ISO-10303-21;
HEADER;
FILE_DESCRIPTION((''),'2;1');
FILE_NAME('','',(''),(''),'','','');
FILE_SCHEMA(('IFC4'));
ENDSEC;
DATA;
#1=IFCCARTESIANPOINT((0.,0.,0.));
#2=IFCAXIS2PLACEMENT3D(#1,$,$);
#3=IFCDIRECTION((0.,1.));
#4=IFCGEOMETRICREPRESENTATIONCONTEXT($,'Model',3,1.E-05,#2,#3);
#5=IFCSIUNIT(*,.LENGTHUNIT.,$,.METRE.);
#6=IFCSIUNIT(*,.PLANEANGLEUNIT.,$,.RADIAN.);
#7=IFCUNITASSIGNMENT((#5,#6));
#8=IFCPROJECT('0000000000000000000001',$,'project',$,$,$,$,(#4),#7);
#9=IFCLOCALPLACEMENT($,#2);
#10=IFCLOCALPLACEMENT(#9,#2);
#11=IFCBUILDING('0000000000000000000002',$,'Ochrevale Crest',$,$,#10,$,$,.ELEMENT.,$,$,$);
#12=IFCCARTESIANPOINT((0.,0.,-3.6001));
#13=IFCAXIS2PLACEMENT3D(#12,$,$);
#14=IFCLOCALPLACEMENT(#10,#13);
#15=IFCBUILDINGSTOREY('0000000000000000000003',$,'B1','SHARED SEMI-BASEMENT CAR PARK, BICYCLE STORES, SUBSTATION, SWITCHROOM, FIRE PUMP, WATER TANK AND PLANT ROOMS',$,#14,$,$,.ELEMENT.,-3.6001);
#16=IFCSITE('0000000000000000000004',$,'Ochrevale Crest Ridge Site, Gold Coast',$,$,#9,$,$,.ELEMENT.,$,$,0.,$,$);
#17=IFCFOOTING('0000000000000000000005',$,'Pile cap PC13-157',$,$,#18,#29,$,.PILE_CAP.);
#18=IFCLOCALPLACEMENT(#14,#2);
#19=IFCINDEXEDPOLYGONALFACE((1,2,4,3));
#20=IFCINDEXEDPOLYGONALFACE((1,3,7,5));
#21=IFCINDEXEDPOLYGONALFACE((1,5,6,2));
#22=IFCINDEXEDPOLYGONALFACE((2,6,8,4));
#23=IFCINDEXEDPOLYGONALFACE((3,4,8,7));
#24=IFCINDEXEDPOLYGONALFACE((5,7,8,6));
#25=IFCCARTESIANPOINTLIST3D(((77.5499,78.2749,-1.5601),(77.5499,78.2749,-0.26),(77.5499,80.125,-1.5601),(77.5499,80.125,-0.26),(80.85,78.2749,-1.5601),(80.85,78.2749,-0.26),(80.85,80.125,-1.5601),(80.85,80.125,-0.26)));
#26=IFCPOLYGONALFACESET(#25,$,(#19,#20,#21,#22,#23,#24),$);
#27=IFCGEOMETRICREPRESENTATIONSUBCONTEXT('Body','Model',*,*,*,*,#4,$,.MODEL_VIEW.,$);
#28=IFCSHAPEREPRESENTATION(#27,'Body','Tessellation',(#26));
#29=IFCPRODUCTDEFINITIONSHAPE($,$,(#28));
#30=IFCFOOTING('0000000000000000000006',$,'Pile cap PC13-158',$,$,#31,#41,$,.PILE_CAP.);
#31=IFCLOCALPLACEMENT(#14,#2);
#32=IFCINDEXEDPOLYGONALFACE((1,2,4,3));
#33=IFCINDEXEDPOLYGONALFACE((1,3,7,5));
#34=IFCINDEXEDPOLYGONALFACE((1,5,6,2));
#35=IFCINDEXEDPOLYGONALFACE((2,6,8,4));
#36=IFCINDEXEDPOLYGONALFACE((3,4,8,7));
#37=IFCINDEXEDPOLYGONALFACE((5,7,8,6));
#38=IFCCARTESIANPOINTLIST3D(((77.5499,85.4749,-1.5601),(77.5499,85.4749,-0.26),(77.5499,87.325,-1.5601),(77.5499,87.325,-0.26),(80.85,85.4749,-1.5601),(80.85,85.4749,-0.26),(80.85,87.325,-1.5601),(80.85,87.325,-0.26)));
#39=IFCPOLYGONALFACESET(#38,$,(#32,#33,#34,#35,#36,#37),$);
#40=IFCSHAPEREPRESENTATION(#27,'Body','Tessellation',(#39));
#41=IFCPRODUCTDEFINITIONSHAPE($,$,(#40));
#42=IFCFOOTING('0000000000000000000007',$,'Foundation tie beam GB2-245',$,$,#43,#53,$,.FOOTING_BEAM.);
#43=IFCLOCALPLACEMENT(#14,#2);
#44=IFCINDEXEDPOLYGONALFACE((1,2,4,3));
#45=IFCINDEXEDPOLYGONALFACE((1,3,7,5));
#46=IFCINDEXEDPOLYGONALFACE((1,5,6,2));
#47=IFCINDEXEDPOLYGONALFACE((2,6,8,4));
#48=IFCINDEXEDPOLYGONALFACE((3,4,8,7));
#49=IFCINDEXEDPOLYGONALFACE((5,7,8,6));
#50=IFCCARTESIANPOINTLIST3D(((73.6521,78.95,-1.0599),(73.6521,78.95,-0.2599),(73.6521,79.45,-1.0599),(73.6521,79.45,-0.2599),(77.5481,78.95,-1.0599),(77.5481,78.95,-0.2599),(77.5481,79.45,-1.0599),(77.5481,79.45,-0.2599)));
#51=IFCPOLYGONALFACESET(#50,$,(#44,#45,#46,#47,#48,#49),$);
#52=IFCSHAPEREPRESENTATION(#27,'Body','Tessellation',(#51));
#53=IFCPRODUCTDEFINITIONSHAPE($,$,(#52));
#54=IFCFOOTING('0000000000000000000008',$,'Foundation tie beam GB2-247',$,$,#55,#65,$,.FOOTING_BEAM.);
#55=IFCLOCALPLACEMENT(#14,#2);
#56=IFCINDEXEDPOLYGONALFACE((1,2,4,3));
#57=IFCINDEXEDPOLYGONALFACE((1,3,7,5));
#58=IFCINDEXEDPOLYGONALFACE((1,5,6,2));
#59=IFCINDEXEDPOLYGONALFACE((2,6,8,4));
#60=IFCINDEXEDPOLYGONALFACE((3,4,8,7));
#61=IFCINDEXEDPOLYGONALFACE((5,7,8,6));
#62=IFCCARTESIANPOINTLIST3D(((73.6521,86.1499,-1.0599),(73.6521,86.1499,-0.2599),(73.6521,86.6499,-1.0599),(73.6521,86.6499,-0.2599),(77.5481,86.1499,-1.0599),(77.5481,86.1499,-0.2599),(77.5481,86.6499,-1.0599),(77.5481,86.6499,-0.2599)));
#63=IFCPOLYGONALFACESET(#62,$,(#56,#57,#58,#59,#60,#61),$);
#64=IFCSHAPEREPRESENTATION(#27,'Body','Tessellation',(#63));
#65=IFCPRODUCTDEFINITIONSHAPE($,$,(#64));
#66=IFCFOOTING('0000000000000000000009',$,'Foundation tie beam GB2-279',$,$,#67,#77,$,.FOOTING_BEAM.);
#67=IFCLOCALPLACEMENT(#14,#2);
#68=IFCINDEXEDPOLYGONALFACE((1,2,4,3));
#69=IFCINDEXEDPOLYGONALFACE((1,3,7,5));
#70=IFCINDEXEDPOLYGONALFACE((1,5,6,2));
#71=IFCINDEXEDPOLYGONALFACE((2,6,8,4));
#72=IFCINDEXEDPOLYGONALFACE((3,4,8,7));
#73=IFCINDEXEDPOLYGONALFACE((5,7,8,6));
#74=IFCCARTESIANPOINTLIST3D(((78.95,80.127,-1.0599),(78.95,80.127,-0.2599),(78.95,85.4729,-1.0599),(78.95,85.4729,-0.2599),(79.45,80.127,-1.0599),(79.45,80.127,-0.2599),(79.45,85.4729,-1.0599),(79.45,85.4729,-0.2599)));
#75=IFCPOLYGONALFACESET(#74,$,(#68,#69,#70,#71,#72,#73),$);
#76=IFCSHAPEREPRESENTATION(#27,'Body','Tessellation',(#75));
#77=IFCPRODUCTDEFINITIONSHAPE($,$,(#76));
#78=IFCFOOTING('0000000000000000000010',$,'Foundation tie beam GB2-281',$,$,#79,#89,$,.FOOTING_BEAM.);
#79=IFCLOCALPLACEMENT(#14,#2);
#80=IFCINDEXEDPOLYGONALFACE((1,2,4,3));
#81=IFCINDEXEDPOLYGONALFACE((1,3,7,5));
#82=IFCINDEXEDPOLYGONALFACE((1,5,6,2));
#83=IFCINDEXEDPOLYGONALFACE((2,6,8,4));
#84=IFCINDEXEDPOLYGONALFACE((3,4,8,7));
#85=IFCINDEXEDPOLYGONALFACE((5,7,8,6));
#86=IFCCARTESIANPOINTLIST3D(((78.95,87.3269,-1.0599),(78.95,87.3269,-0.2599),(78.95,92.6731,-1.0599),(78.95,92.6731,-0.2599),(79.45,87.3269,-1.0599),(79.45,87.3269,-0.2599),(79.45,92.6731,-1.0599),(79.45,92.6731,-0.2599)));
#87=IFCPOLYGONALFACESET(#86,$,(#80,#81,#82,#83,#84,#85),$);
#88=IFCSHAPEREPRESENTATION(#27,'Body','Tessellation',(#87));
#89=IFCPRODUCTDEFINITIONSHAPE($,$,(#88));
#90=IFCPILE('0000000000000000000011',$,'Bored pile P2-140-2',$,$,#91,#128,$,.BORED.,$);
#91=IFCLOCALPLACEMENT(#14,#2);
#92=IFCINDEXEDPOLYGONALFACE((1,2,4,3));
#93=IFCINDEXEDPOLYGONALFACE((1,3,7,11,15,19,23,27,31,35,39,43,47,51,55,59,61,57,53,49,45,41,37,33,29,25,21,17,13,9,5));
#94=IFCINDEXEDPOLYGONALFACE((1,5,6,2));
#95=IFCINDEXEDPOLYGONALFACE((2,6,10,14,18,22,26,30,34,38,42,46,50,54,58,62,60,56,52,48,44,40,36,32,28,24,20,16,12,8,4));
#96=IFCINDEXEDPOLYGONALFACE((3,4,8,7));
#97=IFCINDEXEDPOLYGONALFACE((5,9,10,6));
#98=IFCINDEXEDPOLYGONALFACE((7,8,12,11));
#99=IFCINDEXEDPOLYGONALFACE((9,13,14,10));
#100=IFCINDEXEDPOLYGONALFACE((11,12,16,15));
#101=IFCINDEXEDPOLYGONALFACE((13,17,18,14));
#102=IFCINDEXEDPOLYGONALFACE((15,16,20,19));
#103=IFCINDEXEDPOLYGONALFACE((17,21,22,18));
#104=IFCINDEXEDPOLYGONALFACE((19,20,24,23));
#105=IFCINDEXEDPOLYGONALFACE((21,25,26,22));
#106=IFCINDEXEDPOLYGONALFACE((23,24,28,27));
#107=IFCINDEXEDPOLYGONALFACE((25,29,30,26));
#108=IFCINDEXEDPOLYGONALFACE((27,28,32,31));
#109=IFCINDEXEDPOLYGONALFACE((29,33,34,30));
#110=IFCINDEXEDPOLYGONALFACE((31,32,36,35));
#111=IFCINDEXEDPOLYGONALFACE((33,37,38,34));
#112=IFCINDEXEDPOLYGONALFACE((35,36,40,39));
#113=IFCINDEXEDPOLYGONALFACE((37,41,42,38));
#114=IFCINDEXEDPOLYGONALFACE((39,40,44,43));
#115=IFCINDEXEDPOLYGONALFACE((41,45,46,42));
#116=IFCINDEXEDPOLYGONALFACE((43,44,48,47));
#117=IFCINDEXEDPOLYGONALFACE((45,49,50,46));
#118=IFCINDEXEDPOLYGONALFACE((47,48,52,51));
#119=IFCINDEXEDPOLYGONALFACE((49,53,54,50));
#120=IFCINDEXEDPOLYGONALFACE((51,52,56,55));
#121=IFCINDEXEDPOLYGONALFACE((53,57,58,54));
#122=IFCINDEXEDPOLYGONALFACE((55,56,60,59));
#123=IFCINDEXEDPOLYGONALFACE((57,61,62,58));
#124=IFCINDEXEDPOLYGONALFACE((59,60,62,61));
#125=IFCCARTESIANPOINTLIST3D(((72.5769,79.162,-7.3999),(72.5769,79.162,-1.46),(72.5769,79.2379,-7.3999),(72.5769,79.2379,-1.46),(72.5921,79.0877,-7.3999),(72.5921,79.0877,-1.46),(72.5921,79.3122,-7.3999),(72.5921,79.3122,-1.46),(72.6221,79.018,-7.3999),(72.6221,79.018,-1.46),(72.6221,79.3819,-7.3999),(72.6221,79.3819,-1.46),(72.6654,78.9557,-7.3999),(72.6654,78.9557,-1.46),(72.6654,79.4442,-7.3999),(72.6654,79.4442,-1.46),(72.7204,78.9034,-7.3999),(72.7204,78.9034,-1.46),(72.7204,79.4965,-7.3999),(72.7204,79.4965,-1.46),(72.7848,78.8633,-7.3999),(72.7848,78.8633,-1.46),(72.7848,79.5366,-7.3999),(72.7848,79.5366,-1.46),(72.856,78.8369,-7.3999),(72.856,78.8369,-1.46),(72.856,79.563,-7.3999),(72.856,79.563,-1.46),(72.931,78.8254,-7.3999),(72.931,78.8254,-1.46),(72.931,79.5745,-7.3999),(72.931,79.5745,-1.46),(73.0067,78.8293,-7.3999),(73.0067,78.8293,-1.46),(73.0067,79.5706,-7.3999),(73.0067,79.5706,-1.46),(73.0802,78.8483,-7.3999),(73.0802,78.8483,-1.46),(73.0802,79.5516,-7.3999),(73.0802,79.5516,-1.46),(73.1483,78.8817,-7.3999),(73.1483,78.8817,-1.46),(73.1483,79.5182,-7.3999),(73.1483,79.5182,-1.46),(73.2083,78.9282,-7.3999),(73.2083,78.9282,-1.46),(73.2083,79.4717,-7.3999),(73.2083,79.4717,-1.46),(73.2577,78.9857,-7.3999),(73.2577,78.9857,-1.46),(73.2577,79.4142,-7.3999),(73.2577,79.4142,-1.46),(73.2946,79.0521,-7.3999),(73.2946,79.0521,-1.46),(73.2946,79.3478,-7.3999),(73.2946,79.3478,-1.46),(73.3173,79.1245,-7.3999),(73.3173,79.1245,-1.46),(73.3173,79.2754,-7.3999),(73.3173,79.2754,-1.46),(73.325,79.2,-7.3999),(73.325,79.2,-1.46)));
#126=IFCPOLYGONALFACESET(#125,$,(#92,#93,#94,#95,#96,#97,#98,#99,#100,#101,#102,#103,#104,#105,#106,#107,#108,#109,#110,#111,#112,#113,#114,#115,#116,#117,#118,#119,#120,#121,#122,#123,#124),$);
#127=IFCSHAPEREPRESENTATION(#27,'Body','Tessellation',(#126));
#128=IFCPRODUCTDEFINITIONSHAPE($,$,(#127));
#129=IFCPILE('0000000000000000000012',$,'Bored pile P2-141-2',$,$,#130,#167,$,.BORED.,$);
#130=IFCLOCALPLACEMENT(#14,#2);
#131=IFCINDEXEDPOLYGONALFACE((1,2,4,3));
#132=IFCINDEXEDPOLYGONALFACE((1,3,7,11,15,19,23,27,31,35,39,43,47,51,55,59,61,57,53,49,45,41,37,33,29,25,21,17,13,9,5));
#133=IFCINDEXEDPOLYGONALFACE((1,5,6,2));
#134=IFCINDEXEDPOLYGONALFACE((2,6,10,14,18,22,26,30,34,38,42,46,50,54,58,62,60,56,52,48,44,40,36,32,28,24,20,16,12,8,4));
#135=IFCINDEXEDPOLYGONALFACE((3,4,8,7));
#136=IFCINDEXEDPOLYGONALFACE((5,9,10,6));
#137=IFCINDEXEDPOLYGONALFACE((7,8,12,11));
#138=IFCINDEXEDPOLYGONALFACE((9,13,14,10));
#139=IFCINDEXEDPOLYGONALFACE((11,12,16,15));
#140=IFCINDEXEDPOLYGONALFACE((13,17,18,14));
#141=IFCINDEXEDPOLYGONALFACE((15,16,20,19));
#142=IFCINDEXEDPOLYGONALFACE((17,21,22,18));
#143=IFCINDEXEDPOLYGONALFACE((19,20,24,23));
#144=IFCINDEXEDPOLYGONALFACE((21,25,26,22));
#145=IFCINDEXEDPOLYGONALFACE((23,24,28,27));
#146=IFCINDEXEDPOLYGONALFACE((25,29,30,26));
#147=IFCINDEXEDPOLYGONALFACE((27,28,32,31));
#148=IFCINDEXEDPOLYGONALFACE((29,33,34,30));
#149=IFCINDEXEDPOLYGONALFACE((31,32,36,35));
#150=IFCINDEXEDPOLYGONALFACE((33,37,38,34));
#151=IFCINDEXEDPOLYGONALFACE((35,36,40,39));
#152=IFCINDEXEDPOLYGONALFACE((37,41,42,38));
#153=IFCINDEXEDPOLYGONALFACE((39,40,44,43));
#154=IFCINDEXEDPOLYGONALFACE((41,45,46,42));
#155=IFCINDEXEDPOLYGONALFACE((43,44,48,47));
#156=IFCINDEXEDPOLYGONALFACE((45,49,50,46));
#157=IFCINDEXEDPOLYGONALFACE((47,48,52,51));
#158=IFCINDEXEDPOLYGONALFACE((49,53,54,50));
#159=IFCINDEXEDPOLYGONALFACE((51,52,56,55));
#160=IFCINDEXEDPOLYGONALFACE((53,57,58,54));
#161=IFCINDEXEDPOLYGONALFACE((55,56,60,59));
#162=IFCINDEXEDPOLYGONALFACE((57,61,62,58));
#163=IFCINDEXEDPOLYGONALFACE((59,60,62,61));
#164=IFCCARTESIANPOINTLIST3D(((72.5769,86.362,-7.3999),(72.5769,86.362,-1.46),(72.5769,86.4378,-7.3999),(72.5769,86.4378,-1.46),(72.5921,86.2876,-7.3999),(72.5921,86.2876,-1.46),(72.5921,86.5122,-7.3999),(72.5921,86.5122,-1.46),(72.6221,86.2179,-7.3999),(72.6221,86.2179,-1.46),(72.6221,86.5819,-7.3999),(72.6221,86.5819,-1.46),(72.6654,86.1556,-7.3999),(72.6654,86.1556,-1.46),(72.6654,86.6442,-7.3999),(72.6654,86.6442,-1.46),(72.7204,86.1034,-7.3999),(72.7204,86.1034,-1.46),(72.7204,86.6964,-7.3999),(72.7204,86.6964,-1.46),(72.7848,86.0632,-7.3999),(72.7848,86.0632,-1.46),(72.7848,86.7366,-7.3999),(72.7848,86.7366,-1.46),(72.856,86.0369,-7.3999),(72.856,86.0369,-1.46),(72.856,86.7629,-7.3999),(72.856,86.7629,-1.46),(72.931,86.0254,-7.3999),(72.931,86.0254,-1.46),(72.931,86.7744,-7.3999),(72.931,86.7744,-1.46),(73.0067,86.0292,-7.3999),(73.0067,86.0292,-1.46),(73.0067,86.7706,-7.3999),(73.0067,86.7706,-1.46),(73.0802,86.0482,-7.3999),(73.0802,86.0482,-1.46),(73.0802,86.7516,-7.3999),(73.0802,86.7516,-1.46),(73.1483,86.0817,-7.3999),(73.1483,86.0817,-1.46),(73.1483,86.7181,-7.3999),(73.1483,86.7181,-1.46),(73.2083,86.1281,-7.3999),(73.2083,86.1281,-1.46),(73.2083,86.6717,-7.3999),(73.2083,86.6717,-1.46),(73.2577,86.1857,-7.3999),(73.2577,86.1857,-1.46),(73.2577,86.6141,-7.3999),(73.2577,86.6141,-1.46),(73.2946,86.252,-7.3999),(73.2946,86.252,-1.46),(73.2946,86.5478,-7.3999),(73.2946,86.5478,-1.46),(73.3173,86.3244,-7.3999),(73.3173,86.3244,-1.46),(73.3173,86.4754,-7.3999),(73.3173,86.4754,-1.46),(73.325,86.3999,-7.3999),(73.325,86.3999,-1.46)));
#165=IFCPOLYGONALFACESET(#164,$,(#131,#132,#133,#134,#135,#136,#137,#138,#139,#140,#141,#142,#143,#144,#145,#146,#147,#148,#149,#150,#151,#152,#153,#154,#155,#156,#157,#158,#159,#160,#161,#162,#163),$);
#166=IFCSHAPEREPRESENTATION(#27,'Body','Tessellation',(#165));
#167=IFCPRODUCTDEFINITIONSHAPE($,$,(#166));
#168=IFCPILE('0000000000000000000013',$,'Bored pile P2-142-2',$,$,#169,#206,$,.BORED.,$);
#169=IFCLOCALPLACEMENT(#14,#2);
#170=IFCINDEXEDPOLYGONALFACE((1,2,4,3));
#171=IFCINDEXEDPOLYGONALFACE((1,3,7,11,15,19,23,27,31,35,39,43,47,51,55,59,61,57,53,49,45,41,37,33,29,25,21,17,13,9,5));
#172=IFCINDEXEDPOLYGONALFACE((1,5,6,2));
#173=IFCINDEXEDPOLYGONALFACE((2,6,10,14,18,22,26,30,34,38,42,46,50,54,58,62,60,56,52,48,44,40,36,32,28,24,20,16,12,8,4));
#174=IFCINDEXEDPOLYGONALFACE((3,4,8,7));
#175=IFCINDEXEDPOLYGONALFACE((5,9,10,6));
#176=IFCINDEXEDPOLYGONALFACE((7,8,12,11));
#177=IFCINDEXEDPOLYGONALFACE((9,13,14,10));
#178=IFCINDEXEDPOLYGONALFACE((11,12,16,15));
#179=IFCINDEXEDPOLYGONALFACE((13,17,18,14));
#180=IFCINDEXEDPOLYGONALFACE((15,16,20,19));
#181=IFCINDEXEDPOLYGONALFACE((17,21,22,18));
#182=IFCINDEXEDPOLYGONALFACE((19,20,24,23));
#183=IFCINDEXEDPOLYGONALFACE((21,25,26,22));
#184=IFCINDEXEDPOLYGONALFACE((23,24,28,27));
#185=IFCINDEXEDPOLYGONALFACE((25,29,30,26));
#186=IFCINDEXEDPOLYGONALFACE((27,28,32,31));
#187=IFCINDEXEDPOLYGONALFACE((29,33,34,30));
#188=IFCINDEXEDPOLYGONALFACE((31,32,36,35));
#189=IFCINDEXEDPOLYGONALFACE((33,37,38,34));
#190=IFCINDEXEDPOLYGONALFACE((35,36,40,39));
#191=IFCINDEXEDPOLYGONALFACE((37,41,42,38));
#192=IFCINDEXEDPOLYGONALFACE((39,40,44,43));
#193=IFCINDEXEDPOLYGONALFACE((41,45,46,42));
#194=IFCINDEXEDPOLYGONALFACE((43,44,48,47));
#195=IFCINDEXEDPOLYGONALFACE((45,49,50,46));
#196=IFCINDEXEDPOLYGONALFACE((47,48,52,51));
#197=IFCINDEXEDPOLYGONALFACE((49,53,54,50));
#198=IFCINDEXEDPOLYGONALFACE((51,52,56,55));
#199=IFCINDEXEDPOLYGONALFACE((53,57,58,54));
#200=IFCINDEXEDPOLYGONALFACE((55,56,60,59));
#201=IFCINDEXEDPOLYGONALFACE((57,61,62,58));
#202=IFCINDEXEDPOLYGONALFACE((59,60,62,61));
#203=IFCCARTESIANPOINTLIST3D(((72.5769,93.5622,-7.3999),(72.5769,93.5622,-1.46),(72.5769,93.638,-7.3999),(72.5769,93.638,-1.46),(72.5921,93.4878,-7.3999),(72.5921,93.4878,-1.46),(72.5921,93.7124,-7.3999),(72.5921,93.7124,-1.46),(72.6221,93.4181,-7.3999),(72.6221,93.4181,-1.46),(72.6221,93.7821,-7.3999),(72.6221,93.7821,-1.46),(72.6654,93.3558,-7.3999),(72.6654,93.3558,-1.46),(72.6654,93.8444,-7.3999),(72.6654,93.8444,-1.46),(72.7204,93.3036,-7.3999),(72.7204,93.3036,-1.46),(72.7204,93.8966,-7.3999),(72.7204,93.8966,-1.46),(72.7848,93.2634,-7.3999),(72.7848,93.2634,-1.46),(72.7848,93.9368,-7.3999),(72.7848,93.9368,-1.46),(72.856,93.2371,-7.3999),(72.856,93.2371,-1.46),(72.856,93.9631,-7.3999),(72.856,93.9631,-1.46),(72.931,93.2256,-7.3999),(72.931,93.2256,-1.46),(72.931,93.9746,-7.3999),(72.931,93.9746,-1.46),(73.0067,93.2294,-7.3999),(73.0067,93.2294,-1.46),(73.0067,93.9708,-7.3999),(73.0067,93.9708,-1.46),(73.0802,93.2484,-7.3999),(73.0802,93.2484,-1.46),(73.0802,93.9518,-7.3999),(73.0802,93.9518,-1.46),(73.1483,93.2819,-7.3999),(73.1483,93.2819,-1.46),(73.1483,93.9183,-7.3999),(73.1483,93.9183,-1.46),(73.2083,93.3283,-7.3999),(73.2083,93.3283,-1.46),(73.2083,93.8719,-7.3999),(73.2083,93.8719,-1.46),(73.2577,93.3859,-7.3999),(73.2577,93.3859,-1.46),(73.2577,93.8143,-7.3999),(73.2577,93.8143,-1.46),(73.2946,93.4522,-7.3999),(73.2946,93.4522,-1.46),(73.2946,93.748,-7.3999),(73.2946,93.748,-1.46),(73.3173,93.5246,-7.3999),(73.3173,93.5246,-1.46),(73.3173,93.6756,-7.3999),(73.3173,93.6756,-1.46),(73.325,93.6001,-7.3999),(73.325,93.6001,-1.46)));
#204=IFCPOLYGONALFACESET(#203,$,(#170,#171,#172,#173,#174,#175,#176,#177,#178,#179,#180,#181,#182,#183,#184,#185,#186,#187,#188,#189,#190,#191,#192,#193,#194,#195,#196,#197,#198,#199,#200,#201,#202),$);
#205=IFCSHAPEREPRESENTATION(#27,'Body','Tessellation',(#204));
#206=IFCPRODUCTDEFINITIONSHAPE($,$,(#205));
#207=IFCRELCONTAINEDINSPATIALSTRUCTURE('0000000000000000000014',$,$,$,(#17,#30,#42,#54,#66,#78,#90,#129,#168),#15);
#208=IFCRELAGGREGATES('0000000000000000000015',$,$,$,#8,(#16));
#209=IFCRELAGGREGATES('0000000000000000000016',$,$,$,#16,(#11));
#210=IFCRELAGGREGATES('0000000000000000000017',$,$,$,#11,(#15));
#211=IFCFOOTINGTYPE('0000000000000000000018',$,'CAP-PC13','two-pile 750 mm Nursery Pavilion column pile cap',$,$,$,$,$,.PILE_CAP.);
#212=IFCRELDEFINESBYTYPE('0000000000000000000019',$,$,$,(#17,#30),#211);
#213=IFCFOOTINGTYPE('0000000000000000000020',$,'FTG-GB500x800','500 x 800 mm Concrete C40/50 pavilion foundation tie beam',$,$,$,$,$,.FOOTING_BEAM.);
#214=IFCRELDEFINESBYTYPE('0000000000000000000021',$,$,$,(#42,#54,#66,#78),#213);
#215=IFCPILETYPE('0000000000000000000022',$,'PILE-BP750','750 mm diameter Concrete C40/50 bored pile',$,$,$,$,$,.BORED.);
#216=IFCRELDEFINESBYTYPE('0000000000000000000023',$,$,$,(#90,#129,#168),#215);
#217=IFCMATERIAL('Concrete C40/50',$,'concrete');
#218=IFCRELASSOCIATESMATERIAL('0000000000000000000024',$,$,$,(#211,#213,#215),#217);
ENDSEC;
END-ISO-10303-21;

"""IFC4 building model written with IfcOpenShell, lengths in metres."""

from ifc_helpers import new_model, si_unit, direction, frame, origin, origin_2d, place, context, subcontext, project, spatial, rectangle, circle, extrude, material, material_profile, profile_set, type_object, element, save


model = new_model("IFC4")

# Units and contexts
model_context = context("Model", 3, precision=1e-05, world=origin(), true_north=direction((0.0, 1.0)))
body_context = subcontext(model_context, "Body", "Model", "MODEL_VIEW")
ifc_project = project(units=[si_unit("LENGTHUNIT", "METRE"), si_unit("PLANEANGLEUNIT", "RADIAN")], contexts=[model_context])

# Site, building, storey
site_placement = place(None, origin())
site = spatial("IfcSite", under=ifc_project, at=site_placement, Name="Ochrevale Crest Ridge Site, Gold Coast", CompositionType="ELEMENT", RefElevation=0.0)
building_placement = place(site_placement, origin())
building = spatial("IfcBuilding", under=site, at=building_placement, Name="Ochrevale Crest", CompositionType="ELEMENT")
storey_placement = place(building_placement, frame((0.0, 0.0, -3.6001)))
storey = spatial("IfcBuildingStorey", under=building, at=storey_placement, Name="B1", Description="SHARED SEMI-BASEMENT CAR PARK, BICYCLE STORES, SUBSTATION, SWITCHROOM, FIRE PUMP, WATER TANK AND PLANT ROOMS", CompositionType="ELEMENT", Elevation=-3.6001)

# Footings
ifc_material_1 = material(Name="Concrete C40/50", Category="concrete")
footing_type_1 = type_object("IfcFootingType", Name="CAP-PC13", Description="two-pile 750 mm Nursery Pavilion column pile cap", PredefinedType="PILE_CAP", material=ifc_material_1)
for number, where, z_axis, x_axis, name in (
    (1, (79.2, 79.2, -1.5601), (0.0, 0.0, 1.0), (1.0, 0.0, 0.0), "Pile cap PC13-157"),
    (2, (79.2, 86.3999, -1.5601), (0.0, 0.0, 1.0), (1.0, 0.0, 0.0), "Pile cap PC13-158"),
):
    element("IfcFooting", number, at=place(storey_placement, frame(where, z_axis=z_axis, x_axis=x_axis)), inside=storey, type_object=footing_type_1, Name=name, PredefinedType="PILE_CAP", context=body_context, shape_type="SweptSolid", body=[
        extrude(rectangle(XDim=3.3, YDim=1.8501, at=origin_2d()), origin(), (0.0, 0.0, 1.0), 1.3),
    ])
ifc_material_profile_1 = material_profile(ifc_material_1, rectangle(XDim=0.5, YDim=0.8, at=origin_2d()), Name="GB 500x800")
ifc_profile_set_1 = profile_set([ifc_material_profile_1], Name="Concrete C40/50")
footing_type_2 = type_object("IfcFootingType", Name="FTG-GB500x800", Description="500 x 800 mm Concrete C40/50 pavilion foundation tie beam", PredefinedType="FOOTING_BEAM", material=ifc_profile_set_1)
for number, where, z_axis, x_axis, name in (
    (3, (73.6521, 79.2, -0.6599), (1.0, 0.0, 0.0), (0.0, 1.0, 0.0), "Foundation tie beam GB2-245"),
    (4, (73.6521, 86.3999, -0.6599), (1.0, 0.0, 0.0), (0.0, 1.0, 0.0), "Foundation tie beam GB2-247"),
):
    element("IfcFooting", number, at=place(storey_placement, frame(where, z_axis=z_axis, x_axis=x_axis)), inside=storey, type_object=footing_type_2, Name=name, PredefinedType="FOOTING_BEAM", context=body_context, shape_type="SweptSolid", body=[
        extrude(rectangle(XDim=0.5, YDim=0.8, at=origin_2d()), origin(), (0.0, 0.0, 1.0), 3.896),
    ])
footing_1_placement = place(storey_placement, frame((79.2, 80.127, -0.6599), z_axis=(0.0, 1.0, 0.0), x_axis=(-1.0, 0.0, 0.0)))
element("IfcFooting", 5, at=footing_1_placement, inside=storey, type_object=footing_type_2, Name="Foundation tie beam GB2-279", PredefinedType="FOOTING_BEAM", context=body_context, shape_type="SweptSolid", body=[
    extrude(rectangle(XDim=0.5, YDim=0.8, at=origin_2d()), origin(), (0.0, 0.0, 1.0), 5.3459),
])
footing_2_placement = place(storey_placement, frame((79.2, 87.3269, -0.6599), z_axis=(0.0, 1.0, 0.0), x_axis=(-1.0, 0.0, 0.0)))
element("IfcFooting", 6, at=footing_2_placement, inside=storey, type_object=footing_type_2, Name="Foundation tie beam GB2-281", PredefinedType="FOOTING_BEAM", context=body_context, shape_type="SweptSolid", body=[
    extrude(rectangle(XDim=0.5, YDim=0.8, at=origin_2d()), origin(), (0.0, 0.0, 1.0), 5.3462),
])

# Piles
ifc_material_profile_2 = material_profile(ifc_material_1, circle(Radius=0.375, at=origin_2d()), Name="BORED PILE 750")
ifc_profile_set_2 = profile_set([ifc_material_profile_2], Name="Concrete C40/50")
pile_type = type_object("IfcPileType", Name="PILE-BP750", Description="750 mm diameter Concrete C40/50 bored pile", PredefinedType="BORED", material=ifc_profile_set_2)
for number, where, z_axis, x_axis, name in (
    (7, (72.95, 79.2, -1.46), (0.0, 0.0, -1.0), (1.0, 0.0, 0.0), "Bored pile P2-140-2"),
    (8, (72.95, 86.3999, -1.46), (0.0, 0.0, -1.0), (1.0, 0.0, 0.0), "Bored pile P2-141-2"),
    (9, (72.95, 93.6001, -1.46), (0.0, 0.0, -1.0), (1.0, 0.0, 0.0), "Bored pile P2-142-2"),
):
    element("IfcPile", number, at=place(storey_placement, frame(where, z_axis=z_axis, x_axis=x_axis)), inside=storey, type_object=pile_type, Name=name, PredefinedType="BORED", context=body_context, shape_type="SweptSolid", body=[
        extrude(circle(Radius=0.375, at=origin_2d()), origin(), (0.0, 0.0, 1.0), 5.9399),
    ])

save(model, "model.ifc")
